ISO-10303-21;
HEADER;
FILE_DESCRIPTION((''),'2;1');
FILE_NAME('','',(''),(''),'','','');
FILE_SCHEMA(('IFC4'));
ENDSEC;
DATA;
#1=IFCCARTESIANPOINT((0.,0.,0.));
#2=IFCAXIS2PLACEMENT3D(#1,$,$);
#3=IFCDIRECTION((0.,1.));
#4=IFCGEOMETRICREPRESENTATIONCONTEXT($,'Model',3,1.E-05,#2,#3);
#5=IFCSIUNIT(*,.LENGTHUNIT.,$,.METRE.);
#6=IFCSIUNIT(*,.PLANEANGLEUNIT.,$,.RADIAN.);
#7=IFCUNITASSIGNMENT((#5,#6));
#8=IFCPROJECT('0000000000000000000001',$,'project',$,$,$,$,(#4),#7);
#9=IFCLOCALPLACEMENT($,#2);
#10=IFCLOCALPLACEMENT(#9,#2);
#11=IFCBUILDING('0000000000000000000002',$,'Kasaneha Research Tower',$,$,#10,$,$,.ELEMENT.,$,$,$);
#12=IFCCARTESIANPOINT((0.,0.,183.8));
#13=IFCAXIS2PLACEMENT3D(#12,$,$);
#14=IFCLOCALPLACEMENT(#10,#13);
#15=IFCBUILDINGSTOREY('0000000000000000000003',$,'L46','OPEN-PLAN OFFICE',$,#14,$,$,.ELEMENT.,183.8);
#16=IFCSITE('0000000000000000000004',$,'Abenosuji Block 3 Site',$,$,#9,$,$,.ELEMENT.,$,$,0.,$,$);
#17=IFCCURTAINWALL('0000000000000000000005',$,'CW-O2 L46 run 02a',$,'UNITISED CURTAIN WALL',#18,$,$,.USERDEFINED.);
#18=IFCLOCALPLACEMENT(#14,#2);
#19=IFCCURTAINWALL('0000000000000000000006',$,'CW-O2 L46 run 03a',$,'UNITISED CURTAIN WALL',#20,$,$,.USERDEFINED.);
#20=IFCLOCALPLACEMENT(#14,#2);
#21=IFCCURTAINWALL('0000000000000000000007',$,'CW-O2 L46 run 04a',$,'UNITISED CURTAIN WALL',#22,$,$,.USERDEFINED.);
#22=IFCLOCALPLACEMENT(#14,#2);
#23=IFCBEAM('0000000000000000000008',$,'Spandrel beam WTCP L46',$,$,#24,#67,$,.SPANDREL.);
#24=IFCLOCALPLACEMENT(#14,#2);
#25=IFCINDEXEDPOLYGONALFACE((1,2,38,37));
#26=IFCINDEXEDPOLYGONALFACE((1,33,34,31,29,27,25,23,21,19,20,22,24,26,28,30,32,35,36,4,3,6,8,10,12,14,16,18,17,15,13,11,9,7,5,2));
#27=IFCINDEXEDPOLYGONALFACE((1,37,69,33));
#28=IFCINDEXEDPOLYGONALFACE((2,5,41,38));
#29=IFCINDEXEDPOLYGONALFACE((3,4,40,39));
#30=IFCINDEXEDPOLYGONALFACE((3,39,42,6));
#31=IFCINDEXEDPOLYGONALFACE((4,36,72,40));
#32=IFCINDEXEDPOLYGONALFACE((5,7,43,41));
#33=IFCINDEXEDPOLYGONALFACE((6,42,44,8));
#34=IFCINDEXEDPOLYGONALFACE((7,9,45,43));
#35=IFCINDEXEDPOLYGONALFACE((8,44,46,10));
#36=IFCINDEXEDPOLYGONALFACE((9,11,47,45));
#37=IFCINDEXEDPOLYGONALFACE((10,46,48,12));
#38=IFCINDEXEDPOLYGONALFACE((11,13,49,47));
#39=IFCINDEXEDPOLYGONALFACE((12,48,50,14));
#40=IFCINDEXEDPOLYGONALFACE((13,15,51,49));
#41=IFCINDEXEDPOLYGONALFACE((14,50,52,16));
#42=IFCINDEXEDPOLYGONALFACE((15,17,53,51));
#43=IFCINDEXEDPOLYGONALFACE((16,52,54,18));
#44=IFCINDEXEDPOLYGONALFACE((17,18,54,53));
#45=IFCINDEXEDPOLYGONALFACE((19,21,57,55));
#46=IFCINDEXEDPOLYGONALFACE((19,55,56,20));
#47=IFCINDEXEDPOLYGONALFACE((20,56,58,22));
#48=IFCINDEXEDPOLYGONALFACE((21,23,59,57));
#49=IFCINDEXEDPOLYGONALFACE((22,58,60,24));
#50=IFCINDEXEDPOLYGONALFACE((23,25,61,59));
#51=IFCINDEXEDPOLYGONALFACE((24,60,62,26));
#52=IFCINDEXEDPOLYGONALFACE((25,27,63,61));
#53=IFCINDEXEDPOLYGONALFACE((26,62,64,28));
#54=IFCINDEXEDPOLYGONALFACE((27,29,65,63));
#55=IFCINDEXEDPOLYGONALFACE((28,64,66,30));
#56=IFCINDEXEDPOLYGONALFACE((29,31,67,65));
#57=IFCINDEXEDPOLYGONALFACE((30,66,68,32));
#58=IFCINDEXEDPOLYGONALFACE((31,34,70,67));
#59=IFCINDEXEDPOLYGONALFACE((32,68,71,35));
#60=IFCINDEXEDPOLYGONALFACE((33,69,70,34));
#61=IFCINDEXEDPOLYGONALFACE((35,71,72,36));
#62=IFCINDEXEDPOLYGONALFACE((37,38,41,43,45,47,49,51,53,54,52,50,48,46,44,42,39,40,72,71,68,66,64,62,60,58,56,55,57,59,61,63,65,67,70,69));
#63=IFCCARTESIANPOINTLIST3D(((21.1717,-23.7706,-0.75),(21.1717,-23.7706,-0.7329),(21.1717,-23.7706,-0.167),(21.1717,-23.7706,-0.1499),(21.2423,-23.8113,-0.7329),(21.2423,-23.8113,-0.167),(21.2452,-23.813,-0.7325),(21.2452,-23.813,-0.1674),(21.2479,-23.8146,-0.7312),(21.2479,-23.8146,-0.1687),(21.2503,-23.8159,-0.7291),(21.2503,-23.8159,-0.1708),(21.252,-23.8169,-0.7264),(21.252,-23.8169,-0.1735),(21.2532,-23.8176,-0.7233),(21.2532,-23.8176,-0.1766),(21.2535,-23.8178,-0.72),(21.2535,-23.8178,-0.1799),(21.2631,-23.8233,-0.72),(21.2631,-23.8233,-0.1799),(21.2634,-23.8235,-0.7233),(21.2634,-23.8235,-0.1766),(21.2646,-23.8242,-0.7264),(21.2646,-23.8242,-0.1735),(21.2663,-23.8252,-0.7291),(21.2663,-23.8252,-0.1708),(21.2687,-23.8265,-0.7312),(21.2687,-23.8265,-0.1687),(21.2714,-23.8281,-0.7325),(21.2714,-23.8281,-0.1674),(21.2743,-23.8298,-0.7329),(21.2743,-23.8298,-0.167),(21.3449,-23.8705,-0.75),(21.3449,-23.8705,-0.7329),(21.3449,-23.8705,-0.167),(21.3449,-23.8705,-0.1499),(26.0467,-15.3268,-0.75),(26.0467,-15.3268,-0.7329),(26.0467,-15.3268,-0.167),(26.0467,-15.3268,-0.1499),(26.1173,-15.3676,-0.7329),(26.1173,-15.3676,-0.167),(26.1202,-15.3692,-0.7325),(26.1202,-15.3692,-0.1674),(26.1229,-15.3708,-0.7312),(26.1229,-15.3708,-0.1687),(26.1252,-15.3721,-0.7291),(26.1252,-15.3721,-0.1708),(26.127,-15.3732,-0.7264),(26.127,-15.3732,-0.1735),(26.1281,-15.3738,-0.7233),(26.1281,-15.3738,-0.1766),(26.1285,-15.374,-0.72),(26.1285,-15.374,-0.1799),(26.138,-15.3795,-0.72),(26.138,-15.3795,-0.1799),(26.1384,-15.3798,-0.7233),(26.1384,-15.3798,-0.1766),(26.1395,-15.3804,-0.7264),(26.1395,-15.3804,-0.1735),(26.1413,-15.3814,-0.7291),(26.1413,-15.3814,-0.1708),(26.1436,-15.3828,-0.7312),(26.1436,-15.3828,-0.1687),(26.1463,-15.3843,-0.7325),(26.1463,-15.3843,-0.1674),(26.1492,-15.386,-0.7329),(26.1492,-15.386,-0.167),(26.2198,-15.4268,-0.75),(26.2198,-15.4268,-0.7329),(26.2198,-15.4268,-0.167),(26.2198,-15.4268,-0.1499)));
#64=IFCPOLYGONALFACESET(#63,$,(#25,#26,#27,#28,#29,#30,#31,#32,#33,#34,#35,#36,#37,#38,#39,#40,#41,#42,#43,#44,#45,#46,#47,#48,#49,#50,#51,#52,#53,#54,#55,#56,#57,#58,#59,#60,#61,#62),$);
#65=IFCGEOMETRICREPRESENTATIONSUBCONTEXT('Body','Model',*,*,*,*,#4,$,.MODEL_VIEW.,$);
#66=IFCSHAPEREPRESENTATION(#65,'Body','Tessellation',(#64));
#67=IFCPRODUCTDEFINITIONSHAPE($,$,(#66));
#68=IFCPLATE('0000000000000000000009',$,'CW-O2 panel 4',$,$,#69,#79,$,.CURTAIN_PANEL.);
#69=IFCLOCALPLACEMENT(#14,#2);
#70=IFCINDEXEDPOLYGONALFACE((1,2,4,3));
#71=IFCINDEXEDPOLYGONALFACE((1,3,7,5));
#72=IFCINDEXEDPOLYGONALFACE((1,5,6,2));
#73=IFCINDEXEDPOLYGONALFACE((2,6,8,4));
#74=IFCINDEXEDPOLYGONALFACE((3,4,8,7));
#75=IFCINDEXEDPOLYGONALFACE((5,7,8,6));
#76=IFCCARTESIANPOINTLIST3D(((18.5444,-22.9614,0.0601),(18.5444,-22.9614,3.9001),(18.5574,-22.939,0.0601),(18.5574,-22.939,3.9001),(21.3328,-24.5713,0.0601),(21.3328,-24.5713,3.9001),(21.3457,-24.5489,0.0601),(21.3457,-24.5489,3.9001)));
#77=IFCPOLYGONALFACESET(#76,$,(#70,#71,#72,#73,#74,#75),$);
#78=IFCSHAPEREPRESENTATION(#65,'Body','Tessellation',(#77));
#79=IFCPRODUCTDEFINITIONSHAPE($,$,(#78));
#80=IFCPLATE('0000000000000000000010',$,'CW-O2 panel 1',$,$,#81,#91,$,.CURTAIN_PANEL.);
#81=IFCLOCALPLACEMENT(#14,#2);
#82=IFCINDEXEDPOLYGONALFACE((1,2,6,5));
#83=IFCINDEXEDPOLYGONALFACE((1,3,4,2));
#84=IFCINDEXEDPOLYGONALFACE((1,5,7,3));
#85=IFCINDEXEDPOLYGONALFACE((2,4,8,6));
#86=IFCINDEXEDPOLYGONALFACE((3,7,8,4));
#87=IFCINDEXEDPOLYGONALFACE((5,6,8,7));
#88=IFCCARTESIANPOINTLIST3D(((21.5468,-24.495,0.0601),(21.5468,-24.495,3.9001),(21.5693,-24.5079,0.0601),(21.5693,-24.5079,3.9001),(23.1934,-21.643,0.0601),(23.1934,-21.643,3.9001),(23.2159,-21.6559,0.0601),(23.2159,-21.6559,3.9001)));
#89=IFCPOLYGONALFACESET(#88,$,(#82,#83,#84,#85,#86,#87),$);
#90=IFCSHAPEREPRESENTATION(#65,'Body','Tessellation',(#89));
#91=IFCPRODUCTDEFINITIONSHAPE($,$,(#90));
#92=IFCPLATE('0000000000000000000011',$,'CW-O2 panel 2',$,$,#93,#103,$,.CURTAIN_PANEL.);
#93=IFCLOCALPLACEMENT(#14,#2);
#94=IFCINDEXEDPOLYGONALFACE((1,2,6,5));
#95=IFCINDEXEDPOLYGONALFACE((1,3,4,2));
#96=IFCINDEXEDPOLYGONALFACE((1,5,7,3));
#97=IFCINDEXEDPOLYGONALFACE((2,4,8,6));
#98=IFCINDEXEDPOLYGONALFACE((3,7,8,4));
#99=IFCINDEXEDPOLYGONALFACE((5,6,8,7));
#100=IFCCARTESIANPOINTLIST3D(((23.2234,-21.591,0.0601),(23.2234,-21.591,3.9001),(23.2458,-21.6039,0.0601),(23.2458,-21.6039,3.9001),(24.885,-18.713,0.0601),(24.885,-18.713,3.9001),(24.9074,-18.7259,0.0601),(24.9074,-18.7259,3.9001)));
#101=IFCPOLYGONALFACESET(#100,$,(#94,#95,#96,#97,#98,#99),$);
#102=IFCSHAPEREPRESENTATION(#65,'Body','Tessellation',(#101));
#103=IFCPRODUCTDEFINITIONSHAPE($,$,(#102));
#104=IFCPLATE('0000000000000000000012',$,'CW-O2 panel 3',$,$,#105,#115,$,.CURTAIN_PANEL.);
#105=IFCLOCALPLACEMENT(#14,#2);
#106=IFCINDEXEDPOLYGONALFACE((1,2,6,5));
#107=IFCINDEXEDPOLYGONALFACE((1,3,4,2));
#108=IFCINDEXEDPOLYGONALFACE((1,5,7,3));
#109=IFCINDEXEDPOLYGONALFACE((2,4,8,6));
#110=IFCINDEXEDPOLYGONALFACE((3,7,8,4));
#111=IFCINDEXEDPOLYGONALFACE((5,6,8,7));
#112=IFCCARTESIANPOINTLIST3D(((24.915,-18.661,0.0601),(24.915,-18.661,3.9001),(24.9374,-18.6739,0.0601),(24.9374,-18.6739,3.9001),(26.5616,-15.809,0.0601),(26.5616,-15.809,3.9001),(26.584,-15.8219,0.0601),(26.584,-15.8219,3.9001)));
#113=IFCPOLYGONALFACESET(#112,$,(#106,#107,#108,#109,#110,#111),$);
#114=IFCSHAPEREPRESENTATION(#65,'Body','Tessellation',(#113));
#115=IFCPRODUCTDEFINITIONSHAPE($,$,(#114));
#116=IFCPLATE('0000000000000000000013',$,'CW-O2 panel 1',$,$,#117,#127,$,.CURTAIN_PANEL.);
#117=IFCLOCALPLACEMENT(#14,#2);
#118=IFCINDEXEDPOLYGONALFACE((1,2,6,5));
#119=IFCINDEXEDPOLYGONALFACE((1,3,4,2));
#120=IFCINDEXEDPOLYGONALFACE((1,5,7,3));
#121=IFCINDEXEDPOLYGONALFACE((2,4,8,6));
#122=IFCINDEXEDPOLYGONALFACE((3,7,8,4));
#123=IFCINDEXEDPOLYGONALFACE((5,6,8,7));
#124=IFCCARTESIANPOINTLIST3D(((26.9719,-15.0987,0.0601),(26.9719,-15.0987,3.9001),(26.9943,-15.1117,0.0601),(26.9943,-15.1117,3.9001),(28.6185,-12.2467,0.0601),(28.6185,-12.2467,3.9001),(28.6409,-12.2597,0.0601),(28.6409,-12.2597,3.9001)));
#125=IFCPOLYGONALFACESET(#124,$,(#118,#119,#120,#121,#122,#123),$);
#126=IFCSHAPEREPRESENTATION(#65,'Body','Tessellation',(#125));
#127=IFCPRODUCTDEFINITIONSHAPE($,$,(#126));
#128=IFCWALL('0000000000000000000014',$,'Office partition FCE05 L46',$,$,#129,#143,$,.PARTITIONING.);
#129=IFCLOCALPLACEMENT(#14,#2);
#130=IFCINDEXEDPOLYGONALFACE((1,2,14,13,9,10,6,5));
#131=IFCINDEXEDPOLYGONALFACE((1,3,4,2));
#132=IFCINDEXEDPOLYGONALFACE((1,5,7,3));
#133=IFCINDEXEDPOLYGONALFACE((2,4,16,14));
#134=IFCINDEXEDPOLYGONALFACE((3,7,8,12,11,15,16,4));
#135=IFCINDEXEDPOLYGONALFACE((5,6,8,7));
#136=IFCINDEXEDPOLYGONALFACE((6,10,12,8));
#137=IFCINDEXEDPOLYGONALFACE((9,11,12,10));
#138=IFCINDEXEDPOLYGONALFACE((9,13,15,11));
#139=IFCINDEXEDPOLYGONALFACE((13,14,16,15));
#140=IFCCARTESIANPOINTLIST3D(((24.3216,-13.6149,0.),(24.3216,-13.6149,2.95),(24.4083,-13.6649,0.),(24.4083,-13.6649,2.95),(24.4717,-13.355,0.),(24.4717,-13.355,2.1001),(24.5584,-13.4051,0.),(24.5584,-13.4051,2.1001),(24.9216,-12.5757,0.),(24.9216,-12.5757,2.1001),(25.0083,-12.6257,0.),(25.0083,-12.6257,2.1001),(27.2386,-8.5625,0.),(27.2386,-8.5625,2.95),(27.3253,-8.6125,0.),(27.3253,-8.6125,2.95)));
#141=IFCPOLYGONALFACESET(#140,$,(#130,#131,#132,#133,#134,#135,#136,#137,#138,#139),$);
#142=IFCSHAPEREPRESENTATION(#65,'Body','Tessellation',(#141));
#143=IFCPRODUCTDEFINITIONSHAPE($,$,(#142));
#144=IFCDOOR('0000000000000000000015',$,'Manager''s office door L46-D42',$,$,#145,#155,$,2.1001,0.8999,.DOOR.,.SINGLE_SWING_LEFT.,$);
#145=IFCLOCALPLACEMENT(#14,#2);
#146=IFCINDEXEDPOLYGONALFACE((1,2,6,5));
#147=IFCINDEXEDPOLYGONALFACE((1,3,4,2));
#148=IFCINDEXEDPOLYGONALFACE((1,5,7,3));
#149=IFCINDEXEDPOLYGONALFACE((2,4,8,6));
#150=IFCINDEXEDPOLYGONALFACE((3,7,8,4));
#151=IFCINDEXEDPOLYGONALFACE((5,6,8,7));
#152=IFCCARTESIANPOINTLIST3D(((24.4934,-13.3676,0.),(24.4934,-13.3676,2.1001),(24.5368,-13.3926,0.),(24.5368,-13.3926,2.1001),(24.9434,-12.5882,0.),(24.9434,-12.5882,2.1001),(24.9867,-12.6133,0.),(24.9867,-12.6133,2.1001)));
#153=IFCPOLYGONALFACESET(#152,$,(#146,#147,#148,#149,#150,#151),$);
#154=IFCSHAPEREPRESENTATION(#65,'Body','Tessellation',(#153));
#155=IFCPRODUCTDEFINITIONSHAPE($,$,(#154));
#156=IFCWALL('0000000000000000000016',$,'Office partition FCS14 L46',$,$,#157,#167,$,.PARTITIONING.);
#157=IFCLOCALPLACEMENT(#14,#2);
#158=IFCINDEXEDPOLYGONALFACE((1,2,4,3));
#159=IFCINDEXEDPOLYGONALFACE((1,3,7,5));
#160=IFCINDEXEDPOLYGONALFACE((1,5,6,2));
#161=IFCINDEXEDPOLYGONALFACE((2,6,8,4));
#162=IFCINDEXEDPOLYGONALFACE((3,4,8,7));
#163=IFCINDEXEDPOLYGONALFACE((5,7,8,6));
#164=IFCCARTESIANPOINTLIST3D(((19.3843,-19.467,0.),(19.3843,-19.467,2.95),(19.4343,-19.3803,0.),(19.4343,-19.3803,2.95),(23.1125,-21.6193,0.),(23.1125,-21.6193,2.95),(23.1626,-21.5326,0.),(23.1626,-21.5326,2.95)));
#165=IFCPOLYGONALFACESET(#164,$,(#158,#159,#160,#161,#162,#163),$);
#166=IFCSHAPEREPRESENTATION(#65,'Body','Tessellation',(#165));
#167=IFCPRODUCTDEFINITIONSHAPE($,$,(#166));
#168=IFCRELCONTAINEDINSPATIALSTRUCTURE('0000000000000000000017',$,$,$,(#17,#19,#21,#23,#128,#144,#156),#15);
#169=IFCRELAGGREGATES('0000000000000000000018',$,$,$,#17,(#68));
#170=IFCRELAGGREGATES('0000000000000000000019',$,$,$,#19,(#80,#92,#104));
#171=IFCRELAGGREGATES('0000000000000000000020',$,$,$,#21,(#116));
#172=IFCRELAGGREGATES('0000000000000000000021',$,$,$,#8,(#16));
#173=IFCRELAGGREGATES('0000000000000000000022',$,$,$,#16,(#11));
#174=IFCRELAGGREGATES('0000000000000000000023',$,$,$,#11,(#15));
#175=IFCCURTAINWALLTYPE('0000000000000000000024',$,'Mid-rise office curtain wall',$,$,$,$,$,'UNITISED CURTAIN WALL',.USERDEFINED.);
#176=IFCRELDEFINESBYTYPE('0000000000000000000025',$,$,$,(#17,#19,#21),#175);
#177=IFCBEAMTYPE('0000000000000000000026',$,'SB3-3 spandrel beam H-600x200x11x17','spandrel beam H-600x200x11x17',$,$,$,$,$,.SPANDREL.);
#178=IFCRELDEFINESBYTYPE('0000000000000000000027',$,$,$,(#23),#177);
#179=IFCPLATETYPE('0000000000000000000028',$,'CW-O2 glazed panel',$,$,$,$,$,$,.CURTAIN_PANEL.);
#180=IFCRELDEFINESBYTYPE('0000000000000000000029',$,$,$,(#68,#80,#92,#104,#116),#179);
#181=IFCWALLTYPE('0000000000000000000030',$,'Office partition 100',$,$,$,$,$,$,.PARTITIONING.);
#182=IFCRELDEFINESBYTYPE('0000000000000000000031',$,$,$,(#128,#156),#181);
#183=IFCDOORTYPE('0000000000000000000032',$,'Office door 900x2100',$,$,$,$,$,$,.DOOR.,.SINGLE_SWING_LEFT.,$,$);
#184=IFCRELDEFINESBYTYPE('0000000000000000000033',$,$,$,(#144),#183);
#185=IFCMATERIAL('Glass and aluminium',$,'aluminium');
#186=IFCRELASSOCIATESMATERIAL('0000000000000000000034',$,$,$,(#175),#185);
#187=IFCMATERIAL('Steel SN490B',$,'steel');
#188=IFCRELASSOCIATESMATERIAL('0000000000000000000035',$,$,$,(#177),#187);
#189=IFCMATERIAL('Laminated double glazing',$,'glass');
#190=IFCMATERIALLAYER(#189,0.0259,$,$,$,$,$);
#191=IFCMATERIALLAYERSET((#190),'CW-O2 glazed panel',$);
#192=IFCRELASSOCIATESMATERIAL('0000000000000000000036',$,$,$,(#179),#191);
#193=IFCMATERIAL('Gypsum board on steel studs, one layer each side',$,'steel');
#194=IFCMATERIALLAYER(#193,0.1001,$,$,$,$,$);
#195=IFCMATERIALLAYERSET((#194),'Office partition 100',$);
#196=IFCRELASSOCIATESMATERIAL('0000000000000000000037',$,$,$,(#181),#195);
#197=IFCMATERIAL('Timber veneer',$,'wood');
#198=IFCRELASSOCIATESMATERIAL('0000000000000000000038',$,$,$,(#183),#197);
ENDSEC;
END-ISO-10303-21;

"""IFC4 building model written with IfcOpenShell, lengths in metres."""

from ifc_helpers import new_model, si_unit, direction, frame, frame_2d, origin, origin_2d, place, context, subcontext, project, spatial, rectangle, i_section, extrude, material, layer, layer_set, material_profile, profile_set, type_object, element, fill, aggregate, save


model = new_model("IFC4")

# Units and contexts
model_context = context("Model", 3, precision=1e-05, world=origin(), true_north=direction((0.0, 1.0)))
body_context = subcontext(model_context, "Body", "Model", "MODEL_VIEW")
ifc_project = project(units=[si_unit("LENGTHUNIT", "METRE"), si_unit("PLANEANGLEUNIT", "RADIAN")], contexts=[model_context])

# Site, building, storey
site_placement = place(None, origin())
site = spatial("IfcSite", under=ifc_project, at=site_placement, Name="Abenosuji Block 3 Site", CompositionType="ELEMENT", RefElevation=0.0)
building_placement = place(site_placement, origin())
building = spatial("IfcBuilding", under=site, at=building_placement, Name="Kasaneha Research Tower", CompositionType="ELEMENT")
storey_placement = place(building_placement, frame((0.0, 0.0, 183.8)))
storey = spatial("IfcBuildingStorey", under=building, at=storey_placement, Name="L46", Description="OPEN-PLAN OFFICE", CompositionType="ELEMENT", Elevation=183.8)

# Curtain wall
ifc_material_1 = material(Name="Glass and aluminium", Category="aluminium")
curtain_wall_type = type_object("IfcCurtainWallType", Name="Mid-rise office curtain wall", ElementType="UNITISED CURTAIN WALL", PredefinedType="USERDEFINED", material=ifc_material_1)
curtain_wall_1_placement = place(storey_placement, origin())
curtain_wall_1 = element("IfcCurtainWall", 1, at=curtain_wall_1_placement, inside=storey, type_object=curtain_wall_type, Name="CW-O2 L46 run 02a", ObjectType="UNITISED CURTAIN WALL", PredefinedType="USERDEFINED")

# Curtain walls
curtain_wall_2_placement = place(storey_placement, origin())
curtain_wall_2 = element("IfcCurtainWall", 2, at=curtain_wall_2_placement, inside=storey, type_object=curtain_wall_type, Name="CW-O2 L46 run 03a", ObjectType="UNITISED CURTAIN WALL", PredefinedType="USERDEFINED")
curtain_wall_3_placement = place(storey_placement, origin())
curtain_wall_3 = element("IfcCurtainWall", 3, at=curtain_wall_3_placement, inside=storey, type_object=curtain_wall_type, Name="CW-O2 L46 run 04a", ObjectType="UNITISED CURTAIN WALL", PredefinedType="USERDEFINED")

# Beam
ifc_material_2 = material(Name="Steel SN490B", Category="steel")
ifc_material_profile_1 = material_profile(ifc_material_2, i_section(OverallWidth=0.2, OverallDepth=0.6001, WebThickness=0.011, FlangeThickness=0.0171, FilletRadius=0.0129, at=origin_2d()), Name="H-600x200x11x17")
ifc_profile_set_1 = profile_set([ifc_material_profile_1], Name="Steel SN490B")
beam_type = type_object("IfcBeamType", Name="SB3-3 spandrel beam H-600x200x11x17", Description="spandrel beam H-600x200x11x17", PredefinedType="SPANDREL", material=ifc_profile_set_1)
beam_placement = place(storey_placement, frame((21.2583, -23.8206, -0.45), z_axis=(0.499996, 0.866028, 0.0), x_axis=(-0.866028, 0.499996, 0.0)))
element("IfcBeam", 4, at=beam_placement, inside=storey, type_object=beam_type, Name="Spandrel beam WTCP L46", PredefinedType="SPANDREL", context=body_context, shape_type="SweptSolid", body=[
    extrude(i_section(OverallWidth=0.2, OverallDepth=0.6001, WebThickness=0.011, FlangeThickness=0.0171, FilletRadius=0.0129, at=origin_2d()), origin(), (0.0, 0.0, 1.0), 9.75),
])

# Plates
ifc_material_3 = material(Name="Laminated double glazing", Category="glass")
ifc_layer_1 = layer(ifc_material_3, 0.0259)
ifc_layer_set_1 = layer_set([ifc_layer_1], Name="CW-O2 glazed panel")
plate_type = type_object("IfcPlateType", Name="CW-O2 glazed panel", PredefinedType="CURTAIN_PANEL", material=ifc_layer_set_1)
plate_1_placement = place(storey_placement, frame((19.9451, -23.7551, 0.0601), z_axis=(0.0, 0.0, 1.0), x_axis=(0.866025, -0.5, 0.0)))
plate_1 = element("IfcPlate", 5, at=plate_1_placement, type_object=plate_type, Name="CW-O2 panel 4", PredefinedType="CURTAIN_PANEL", context=body_context, shape_type="SweptSolid", body=[
    extrude(rectangle(XDim=3.2197, YDim=0.0259, at=origin_2d()), origin(), (0.0, 0.0, 1.0), 3.8401),
])
aggregate(curtain_wall_1, [plate_1])
plate_2_placement = place(storey_placement, frame((22.3813, -23.0754, 0.0601), z_axis=(0.0, 0.0, 1.0), x_axis=(0.5, 0.866025, 0.0)))
plate_2 = element("IfcPlate", 6, at=plate_2_placement, type_object=plate_type, Name="CW-O2 panel 1", PredefinedType="CURTAIN_PANEL", context=body_context, shape_type="SweptSolid", body=[
    extrude(rectangle(XDim=3.2932, YDim=0.0259, at=origin_2d()), origin(), (0.0, 0.0, 1.0), 3.8401),
])
plate_3_placement = place(storey_placement, frame((24.0654, -20.1584, 0.0601), z_axis=(0.0, 0.0, 1.0), x_axis=(0.5, 0.866025, 0.0)))
plate_3 = element("IfcPlate", 7, at=plate_3_placement, type_object=plate_type, Name="CW-O2 panel 2", PredefinedType="CURTAIN_PANEL", context=body_context, shape_type="SweptSolid", body=[
    extrude(rectangle(XDim=3.3232, YDim=0.0259, at=origin_2d()), origin(), (0.0, 0.0, 1.0), 3.8401),
])
plate_4_placement = place(storey_placement, frame((25.7495, -17.2415, 0.0601), z_axis=(0.0, 0.0, 1.0), x_axis=(0.5, 0.866025, 0.0)))
plate_4 = element("IfcPlate", 8, at=plate_4_placement, type_object=plate_type, Name="CW-O2 panel 3", PredefinedType="CURTAIN_PANEL", context=body_context, shape_type="SweptSolid", body=[
    extrude(rectangle(XDim=3.2932, YDim=0.0259, at=origin_2d()), origin(), (0.0, 0.0, 1.0), 3.8401),
])
aggregate(curtain_wall_2, [plate_2, plate_3, plate_4])
plate_5_placement = place(storey_placement, frame((27.8064, -13.6792, 0.0601), z_axis=(0.0, 0.0, 1.0), x_axis=(0.5, 0.866025, 0.0)))
plate_5 = element("IfcPlate", 9, at=plate_5_placement, type_object=plate_type, Name="CW-O2 panel 1", PredefinedType="CURTAIN_PANEL", context=body_context, shape_type="SweptSolid", body=[
    extrude(rectangle(XDim=3.2932, YDim=0.0259, at=origin_2d()), origin(), (0.0, 0.0, 1.0), 3.8401),
])
aggregate(curtain_wall_3, [plate_5])

# Wall, opening, door
ifc_material_4 = material(Name="Gypsum board on steel studs, one layer each side", Category="steel")
ifc_layer_2 = layer(ifc_material_4, 0.1001)
ifc_layer_set_2 = layer_set([ifc_layer_2], Name="Office partition 100")
wall_type_1 = type_object("IfcWallType", Name="Office partition 100", PredefinedType="PARTITIONING", material=ifc_layer_set_2)
wall_1_placement = place(storey_placement, frame((24.365, -13.6399, 0.0), z_axis=(0.0, 0.0, 1.0), x_axis=(0.499992, 0.86603, 0.0)))
wall_1 = element("IfcWall", 10, at=wall_1_placement, inside=storey, type_object=wall_type_1, Name="Office partition FCE05 L46", PredefinedType="PARTITIONING", context=body_context, shape_type="SweptSolid", body=[
    extrude(rectangle(XDim=5.834, YDim=0.1001, at=frame_2d((2.917, 0.0))), origin(), (0.0, 0.0, 1.0), 2.95),
])
opening_1_placement = place(wall_1_placement, frame((0.3, 0.0, 0.0)))
opening_1 = element("IfcOpeningElement", 11, at=opening_1_placement, cuts=wall_1, PredefinedType="OPENING", context=body_context, shape_type="SweptSolid", body=[
    extrude(rectangle(XDim=0.8999, YDim=2.1001, at=frame_2d((0.45, 1.05))), frame((0.0, 0.0601, 0.0), z_axis=(0.0, -1.0, 0.0), x_axis=(1.0, 0.0, 0.0)), (0.0, 0.0, 1.0), 0.1201),
])
ifc_material_5 = material(Name="Timber veneer", Category="wood")
door_type_1 = type_object("IfcDoorType", Name="Office door 900x2100", OperationType="SINGLE_SWING_LEFT", PredefinedType="DOOR", material=ifc_material_5)
door_1_placement = place(opening_1_placement, origin())
door_1 = element("IfcDoor", 12, at=door_1_placement, inside=storey, type_object=door_type_1, Name="Manager's office door L46-D42", OperationType="SINGLE_SWING_LEFT", OverallHeight=2.1001, OverallWidth=0.8999, PredefinedType="DOOR", context=body_context, shape_type="SweptSolid", body=[
    extrude(rectangle(XDim=0.8999, YDim=2.1001, at=frame_2d((0.45, 1.05))), frame((0.0, 0.0249, 0.0), z_axis=(0.0, -1.0, 0.0), x_axis=(1.0, 0.0, 0.0)), (0.0, 0.0, 1.0), 0.05),
])
fill(opening_1, door_1)

# Wall
wall_2_placement = place(storey_placement, frame((23.1375, -21.5759, 0.0), z_axis=(0.0, 0.0, 1.0), x_axis=(-0.866043, 0.49997, 0.0)))
element("IfcWall", 13, at=wall_2_placement, inside=storey, type_object=wall_type_1, Name="Office partition FCS14 L46", PredefinedType="PARTITIONING", context=body_context, shape_type="SweptSolid", body=[
    extrude(rectangle(XDim=4.3049, YDim=0.1001, at=frame_2d((2.1523, 0.0))), origin(), (0.0, 0.0, 1.0), 2.95),
])

save(model, "model.ifc")
